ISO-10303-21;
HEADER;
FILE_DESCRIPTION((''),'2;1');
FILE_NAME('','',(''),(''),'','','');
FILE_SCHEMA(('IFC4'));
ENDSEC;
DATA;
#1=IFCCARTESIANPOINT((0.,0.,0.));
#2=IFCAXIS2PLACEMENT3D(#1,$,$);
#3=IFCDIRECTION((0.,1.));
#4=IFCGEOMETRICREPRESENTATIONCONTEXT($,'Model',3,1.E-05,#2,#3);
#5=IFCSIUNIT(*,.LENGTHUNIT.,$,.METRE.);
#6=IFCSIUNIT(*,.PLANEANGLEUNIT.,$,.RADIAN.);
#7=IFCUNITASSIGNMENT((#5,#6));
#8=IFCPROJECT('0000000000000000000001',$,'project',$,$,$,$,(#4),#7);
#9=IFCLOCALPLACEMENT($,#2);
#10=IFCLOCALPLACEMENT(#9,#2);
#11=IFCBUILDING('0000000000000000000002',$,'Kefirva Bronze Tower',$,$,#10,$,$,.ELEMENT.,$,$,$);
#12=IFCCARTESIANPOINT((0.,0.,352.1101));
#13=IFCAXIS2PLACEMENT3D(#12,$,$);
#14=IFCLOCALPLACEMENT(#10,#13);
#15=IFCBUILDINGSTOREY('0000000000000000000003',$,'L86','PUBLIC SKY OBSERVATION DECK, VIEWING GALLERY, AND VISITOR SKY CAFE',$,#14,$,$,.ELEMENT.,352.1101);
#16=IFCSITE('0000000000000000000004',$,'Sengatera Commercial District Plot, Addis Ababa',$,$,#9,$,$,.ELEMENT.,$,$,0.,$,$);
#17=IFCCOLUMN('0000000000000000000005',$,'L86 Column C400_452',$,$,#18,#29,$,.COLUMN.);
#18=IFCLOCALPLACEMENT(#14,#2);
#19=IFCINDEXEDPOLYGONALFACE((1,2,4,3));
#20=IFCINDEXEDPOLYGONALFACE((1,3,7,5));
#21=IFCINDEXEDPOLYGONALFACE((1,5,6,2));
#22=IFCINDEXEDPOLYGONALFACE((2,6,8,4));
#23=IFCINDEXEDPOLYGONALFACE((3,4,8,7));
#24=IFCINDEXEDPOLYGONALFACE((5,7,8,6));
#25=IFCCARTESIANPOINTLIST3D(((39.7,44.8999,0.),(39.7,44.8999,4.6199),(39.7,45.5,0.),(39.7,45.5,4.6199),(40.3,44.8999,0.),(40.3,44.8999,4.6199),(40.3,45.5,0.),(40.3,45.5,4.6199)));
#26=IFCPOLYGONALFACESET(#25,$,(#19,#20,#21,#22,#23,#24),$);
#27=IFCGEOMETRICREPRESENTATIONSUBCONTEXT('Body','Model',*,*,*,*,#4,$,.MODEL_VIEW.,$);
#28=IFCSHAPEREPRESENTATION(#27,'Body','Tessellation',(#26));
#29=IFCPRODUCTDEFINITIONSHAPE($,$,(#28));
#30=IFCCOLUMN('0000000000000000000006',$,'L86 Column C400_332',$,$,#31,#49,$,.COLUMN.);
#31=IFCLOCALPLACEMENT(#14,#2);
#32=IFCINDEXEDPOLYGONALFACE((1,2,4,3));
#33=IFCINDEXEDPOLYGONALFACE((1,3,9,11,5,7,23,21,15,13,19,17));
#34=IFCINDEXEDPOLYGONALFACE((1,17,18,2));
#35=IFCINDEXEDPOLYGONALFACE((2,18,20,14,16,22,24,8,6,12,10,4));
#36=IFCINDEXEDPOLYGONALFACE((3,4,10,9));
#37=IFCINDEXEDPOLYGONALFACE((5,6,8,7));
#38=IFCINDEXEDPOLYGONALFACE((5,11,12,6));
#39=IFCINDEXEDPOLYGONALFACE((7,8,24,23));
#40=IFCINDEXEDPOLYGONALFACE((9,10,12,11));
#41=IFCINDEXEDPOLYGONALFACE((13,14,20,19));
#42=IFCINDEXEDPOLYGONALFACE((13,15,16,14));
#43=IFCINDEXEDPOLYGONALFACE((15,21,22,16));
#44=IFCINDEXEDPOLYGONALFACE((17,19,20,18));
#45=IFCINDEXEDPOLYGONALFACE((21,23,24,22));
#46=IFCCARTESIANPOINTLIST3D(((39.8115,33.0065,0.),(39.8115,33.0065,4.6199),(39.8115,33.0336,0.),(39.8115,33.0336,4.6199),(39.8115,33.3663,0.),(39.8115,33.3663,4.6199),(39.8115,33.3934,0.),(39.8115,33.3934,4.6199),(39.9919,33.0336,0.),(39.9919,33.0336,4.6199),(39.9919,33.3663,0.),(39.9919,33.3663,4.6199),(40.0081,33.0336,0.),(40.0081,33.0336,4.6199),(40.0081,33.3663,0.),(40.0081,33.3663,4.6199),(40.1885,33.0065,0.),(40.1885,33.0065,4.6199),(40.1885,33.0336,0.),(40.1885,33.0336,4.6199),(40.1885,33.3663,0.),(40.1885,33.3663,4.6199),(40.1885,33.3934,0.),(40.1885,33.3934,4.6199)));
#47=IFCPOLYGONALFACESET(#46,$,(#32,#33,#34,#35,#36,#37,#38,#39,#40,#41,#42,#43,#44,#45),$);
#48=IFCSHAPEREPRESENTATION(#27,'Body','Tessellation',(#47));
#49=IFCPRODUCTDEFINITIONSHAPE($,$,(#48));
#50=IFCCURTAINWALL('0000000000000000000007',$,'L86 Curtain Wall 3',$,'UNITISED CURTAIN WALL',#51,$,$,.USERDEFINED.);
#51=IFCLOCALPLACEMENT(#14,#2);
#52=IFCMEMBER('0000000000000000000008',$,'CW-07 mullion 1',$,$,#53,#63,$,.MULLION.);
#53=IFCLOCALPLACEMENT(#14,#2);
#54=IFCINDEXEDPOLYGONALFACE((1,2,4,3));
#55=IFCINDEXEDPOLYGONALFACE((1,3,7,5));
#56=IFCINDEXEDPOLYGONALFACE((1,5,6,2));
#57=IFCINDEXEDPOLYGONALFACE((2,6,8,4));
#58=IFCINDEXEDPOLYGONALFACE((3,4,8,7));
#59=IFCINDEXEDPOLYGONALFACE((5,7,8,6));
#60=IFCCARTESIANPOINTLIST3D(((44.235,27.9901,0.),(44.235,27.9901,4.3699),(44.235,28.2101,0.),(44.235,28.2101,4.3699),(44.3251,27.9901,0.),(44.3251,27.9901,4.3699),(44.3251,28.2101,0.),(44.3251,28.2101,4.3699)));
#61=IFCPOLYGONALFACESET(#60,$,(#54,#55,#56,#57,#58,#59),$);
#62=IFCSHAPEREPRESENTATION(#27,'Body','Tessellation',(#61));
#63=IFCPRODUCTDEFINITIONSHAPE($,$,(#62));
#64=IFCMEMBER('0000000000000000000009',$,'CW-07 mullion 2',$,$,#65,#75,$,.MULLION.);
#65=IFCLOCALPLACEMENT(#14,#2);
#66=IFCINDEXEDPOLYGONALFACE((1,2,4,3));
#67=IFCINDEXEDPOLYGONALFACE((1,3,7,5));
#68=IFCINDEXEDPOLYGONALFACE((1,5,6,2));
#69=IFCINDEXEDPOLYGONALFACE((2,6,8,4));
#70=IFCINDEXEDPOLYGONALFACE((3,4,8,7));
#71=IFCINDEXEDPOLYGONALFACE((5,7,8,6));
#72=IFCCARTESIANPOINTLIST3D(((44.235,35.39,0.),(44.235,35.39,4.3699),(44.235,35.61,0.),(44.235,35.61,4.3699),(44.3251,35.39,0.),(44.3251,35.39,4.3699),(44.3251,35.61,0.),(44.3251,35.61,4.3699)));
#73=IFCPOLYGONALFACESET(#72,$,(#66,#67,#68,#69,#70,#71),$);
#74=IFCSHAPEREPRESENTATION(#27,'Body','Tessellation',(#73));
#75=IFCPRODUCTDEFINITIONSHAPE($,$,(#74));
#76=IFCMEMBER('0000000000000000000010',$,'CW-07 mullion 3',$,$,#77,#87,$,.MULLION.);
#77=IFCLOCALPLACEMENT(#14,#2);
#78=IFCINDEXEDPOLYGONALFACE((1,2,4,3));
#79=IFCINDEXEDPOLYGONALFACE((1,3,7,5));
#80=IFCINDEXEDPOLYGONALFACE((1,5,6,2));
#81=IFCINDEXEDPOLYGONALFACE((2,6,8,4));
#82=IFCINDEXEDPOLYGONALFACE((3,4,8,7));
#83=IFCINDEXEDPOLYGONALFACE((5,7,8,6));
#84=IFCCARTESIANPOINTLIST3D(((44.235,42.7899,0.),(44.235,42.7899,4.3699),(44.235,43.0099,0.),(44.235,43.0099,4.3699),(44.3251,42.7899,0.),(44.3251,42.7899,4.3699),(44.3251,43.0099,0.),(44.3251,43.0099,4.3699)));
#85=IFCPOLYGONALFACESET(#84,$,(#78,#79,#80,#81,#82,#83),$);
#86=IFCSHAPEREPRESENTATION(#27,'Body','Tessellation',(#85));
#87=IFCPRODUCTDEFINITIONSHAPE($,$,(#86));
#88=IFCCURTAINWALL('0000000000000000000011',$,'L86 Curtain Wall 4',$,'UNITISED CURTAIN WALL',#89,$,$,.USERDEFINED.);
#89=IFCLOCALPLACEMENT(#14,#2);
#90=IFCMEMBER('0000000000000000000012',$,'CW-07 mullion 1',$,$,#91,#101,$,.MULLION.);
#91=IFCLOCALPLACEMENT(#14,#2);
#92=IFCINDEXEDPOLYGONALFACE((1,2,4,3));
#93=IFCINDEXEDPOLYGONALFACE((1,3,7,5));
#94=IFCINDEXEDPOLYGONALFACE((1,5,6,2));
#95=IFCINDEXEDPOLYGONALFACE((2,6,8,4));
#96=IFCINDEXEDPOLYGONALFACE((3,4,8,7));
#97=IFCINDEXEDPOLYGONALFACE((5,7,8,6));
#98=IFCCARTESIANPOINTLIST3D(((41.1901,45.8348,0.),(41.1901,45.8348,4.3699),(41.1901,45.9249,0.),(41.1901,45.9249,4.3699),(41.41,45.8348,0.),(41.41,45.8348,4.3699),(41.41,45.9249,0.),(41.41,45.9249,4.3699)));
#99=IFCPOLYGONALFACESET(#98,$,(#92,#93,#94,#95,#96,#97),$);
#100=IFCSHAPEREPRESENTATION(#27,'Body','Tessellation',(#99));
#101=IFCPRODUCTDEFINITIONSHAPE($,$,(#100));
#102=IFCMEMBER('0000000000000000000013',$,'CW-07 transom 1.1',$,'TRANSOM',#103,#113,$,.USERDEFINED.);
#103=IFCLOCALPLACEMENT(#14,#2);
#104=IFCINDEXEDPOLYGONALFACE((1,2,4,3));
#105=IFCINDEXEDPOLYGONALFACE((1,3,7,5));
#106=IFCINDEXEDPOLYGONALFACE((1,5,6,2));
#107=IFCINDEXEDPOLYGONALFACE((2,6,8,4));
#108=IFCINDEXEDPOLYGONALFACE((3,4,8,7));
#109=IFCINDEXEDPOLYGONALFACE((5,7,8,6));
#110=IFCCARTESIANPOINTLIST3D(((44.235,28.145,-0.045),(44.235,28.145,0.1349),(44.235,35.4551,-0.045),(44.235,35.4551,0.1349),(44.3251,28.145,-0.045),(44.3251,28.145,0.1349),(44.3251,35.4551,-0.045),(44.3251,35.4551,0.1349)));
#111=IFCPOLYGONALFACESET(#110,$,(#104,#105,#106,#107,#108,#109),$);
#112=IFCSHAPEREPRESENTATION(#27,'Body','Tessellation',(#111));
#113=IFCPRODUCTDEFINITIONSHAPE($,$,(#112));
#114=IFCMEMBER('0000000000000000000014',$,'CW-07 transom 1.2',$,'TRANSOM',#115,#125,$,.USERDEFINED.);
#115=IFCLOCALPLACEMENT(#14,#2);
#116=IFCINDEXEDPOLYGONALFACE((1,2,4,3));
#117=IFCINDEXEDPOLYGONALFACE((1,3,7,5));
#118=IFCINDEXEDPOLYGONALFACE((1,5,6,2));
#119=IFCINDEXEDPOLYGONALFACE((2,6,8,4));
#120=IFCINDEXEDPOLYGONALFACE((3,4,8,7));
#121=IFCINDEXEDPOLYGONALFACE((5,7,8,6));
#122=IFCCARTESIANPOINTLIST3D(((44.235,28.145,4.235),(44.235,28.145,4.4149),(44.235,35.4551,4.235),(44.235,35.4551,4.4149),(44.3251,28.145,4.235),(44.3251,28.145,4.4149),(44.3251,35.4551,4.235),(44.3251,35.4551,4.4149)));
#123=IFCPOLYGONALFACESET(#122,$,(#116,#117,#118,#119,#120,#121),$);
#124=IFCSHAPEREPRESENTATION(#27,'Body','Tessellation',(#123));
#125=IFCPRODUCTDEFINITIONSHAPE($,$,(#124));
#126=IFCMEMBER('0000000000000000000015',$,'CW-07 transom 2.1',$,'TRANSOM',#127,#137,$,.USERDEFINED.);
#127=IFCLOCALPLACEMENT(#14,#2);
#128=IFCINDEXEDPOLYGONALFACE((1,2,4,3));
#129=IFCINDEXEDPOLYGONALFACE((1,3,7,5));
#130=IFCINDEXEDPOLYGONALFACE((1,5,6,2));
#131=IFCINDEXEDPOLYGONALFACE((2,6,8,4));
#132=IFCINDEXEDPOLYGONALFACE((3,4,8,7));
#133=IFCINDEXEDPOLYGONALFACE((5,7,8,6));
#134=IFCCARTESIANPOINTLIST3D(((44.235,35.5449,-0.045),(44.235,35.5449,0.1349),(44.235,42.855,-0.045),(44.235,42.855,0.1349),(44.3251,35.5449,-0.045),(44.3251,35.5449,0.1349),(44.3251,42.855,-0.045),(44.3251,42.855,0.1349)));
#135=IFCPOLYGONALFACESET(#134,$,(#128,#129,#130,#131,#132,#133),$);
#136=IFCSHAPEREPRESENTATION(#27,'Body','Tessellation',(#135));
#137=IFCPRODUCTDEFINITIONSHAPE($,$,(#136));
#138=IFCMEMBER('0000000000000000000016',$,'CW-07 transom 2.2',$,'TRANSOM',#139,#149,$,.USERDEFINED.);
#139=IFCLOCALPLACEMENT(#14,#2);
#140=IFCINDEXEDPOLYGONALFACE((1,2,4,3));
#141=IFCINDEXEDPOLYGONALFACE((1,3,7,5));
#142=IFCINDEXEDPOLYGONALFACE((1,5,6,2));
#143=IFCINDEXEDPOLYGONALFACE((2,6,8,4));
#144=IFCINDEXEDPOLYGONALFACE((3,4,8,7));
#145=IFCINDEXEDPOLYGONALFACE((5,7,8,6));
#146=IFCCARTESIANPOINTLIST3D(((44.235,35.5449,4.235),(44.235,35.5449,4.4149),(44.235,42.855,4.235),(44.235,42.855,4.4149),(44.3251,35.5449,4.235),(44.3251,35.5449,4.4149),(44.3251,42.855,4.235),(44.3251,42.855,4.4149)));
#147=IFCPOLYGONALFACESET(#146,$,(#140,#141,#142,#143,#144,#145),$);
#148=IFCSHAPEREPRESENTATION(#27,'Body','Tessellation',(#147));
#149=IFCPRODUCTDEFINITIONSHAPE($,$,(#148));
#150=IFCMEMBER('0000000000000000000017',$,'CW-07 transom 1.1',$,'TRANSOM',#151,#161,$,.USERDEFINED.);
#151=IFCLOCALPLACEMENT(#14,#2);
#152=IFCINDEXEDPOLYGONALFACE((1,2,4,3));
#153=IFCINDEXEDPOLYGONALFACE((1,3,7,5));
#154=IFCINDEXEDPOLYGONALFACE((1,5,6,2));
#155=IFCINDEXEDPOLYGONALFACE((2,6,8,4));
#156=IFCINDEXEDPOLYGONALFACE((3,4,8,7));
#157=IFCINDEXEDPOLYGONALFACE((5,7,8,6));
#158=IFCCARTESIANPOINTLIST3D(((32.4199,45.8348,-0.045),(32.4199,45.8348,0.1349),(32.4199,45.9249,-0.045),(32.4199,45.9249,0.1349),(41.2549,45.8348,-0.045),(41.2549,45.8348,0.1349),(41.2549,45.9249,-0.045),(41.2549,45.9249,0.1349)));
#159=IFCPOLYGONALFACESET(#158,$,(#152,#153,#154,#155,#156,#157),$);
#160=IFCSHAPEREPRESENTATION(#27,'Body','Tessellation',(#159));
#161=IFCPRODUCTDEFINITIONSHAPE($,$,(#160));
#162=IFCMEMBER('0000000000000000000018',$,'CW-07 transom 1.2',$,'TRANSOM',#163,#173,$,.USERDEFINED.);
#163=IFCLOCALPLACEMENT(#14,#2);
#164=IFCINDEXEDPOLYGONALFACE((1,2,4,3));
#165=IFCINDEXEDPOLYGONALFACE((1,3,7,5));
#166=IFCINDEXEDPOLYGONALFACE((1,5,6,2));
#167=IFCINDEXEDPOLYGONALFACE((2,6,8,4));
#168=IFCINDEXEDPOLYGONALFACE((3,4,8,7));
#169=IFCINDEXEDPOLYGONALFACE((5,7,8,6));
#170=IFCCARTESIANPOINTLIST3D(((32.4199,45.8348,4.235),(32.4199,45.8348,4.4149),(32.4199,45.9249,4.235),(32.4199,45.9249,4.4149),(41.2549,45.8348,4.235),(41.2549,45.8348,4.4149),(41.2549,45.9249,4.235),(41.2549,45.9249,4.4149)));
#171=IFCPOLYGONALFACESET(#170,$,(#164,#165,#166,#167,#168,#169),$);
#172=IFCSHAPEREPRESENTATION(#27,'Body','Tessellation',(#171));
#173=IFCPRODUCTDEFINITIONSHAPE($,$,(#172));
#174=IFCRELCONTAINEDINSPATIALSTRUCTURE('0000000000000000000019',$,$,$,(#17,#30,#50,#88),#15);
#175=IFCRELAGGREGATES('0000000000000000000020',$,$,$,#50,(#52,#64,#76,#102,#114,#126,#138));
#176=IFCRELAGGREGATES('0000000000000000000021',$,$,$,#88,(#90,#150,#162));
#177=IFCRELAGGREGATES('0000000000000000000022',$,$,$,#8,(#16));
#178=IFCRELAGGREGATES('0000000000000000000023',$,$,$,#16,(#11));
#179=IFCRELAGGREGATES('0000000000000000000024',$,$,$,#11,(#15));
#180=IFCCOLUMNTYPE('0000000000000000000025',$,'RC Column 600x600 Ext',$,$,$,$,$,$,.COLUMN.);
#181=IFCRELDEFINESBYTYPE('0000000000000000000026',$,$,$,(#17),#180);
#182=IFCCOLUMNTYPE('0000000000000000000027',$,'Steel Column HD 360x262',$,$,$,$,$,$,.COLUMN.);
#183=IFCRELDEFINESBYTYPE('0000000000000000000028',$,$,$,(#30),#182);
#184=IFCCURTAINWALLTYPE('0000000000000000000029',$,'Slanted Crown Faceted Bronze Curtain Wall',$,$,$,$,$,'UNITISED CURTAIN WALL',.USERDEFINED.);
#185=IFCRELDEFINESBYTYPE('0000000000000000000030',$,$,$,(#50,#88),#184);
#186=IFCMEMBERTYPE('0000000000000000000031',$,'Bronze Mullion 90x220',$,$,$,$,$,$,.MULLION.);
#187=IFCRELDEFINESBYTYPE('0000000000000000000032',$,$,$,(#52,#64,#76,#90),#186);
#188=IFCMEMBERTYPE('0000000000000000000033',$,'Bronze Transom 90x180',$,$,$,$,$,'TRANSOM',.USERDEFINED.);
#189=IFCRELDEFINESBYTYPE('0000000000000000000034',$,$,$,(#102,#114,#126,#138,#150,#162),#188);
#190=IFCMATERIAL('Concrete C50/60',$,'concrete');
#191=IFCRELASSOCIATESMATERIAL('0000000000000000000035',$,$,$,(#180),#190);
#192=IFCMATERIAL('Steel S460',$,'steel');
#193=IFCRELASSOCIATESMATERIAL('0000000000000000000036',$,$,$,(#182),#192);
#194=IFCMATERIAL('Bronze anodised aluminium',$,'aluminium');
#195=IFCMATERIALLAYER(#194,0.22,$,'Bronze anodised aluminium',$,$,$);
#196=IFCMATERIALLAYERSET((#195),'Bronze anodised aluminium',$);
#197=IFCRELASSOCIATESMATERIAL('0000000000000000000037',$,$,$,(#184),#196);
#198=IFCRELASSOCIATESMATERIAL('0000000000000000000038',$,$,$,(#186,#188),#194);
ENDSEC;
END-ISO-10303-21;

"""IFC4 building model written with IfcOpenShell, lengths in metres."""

from ifc_helpers import new_model, si_unit, direction, frame, origin, origin_2d, place, context, subcontext, project, spatial, rectangle, i_section, extrude, material, layer, layer_set, material_profile, profile_set, type_object, element, aggregate, save


model = new_model("IFC4")

# Units and contexts
model_context = context("Model", 3, precision=1e-05, world=origin(), true_north=direction((0.0, 1.0)))
body_context = subcontext(model_context, "Body", "Model", "MODEL_VIEW")
ifc_project = project(units=[si_unit("LENGTHUNIT", "METRE"), si_unit("PLANEANGLEUNIT", "RADIAN")], contexts=[model_context])

# Site, building, storey
site_placement = place(None, origin())
site = spatial("IfcSite", under=ifc_project, at=site_placement, Name="Sengatera Commercial District Plot, Addis Ababa", CompositionType="ELEMENT", RefElevation=0.0)
building_placement = place(site_placement, origin())
building = spatial("IfcBuilding", under=site, at=building_placement, Name="Kefirva Bronze Tower", CompositionType="ELEMENT")
storey_placement = place(building_placement, frame((0.0, 0.0, 352.1101)))
storey = spatial("IfcBuildingStorey", under=building, at=storey_placement, Name="L86", Description="PUBLIC SKY OBSERVATION DECK, VIEWING GALLERY, AND VISITOR SKY CAFE", CompositionType="ELEMENT", Elevation=352.1101)

# Columns
ifc_material_1 = material(Name="Concrete C50/60", Category="concrete")
ifc_material_profile_1 = material_profile(ifc_material_1, rectangle(XDim=0.6001, YDim=0.6001, at=origin_2d()), Name="RC 600x600")
ifc_profile_set_1 = profile_set([ifc_material_profile_1], Name="Concrete C50/60")
column_type_1 = type_object("IfcColumnType", Name="RC Column 600x600 Ext", PredefinedType="COLUMN", material=ifc_profile_set_1)
column_1_placement = place(storey_placement, frame((40.0, 45.2, 0.0), z_axis=(0.0, 0.0, 1.0), x_axis=(1.0, 0.0, 0.0)))
element("IfcColumn", 1, at=column_1_placement, inside=storey, type_object=column_type_1, Name="L86 Column C400_452", PredefinedType="COLUMN", context=body_context, shape_type="SweptSolid", body=[
    extrude(rectangle(XDim=0.6001, YDim=0.6001, at=origin_2d()), origin(), (0.0, 0.0, 1.0), 4.6199),
])
ifc_material_2 = material(Name="Steel S460", Category="steel")
ifc_material_profile_2 = material_profile(ifc_material_2, i_section(OverallWidth=0.377, OverallDepth=0.387, WebThickness=0.0161, FlangeThickness=0.0271, at=origin_2d()), Name="HD 360x262")
ifc_profile_set_2 = profile_set([ifc_material_profile_2], Name="Steel S460")
column_type_2 = type_object("IfcColumnType", Name="Steel Column HD 360x262", PredefinedType="COLUMN", material=ifc_profile_set_2)
column_2_placement = place(storey_placement, frame((40.0, 33.2, 0.0), z_axis=(0.0, 0.0, 1.0), x_axis=(1.0, 0.0, 0.0)))
element("IfcColumn", 2, at=column_2_placement, inside=storey, type_object=column_type_2, Name="L86 Column C400_332", PredefinedType="COLUMN", context=body_context, shape_type="SweptSolid", body=[
    extrude(i_section(OverallWidth=0.377, OverallDepth=0.387, WebThickness=0.0161, FlangeThickness=0.0271, at=origin_2d()), origin(), (0.0, 0.0, 1.0), 4.6199),
])

# Curtain wall, members
ifc_material_3 = material(Name="Bronze anodised aluminium", Category="aluminium")
ifc_layer_1 = layer(ifc_material_3, 0.22, Name="Bronze anodised aluminium")
ifc_layer_set_1 = layer_set([ifc_layer_1], Name="Bronze anodised aluminium")
curtain_wall_type = type_object("IfcCurtainWallType", Name="Slanted Crown Faceted Bronze Curtain Wall", ElementType="UNITISED CURTAIN WALL", PredefinedType="USERDEFINED", material=ifc_layer_set_1)
curtain_wall_1_placement = place(storey_placement, origin())
curtain_wall_1 = element("IfcCurtainWall", 3, at=curtain_wall_1_placement, inside=storey, type_object=curtain_wall_type, Name="L86 Curtain Wall 3", ObjectType="UNITISED CURTAIN WALL", PredefinedType="USERDEFINED")
ifc_material_profile_3 = material_profile(ifc_material_3, rectangle(XDim=0.0901, YDim=0.22, at=origin_2d()), Name="ALU 90x220")
ifc_profile_set_3 = profile_set([ifc_material_profile_3], Name="Bronze anodised aluminium")
member_type_1 = type_object("IfcMemberType", Name="Bronze Mullion 90x220", PredefinedType="MULLION", material=ifc_profile_set_3)
member_1_placement = place(storey_placement, frame((44.28, 28.1001, 0.0), z_axis=(0.0, 0.0, 1.0), x_axis=(-1.0, 0.0, 0.0)))
member_1 = element("IfcMember", 4, at=member_1_placement, type_object=member_type_1, Name="CW-07 mullion 1", PredefinedType="MULLION", context=body_context, shape_type="SweptSolid", body=[
    extrude(rectangle(XDim=0.0901, YDim=0.22, at=origin_2d()), origin(), (0.0, 0.0, 1.0), 4.3699),
])
member_2_placement = place(storey_placement, frame((44.28, 35.5, 0.0), z_axis=(0.0, 0.0, 1.0), x_axis=(-1.0, 0.0, 0.0)))
member_2 = element("IfcMember", 5, at=member_2_placement, type_object=member_type_1, Name="CW-07 mullion 2", PredefinedType="MULLION", context=body_context, shape_type="SweptSolid", body=[
    extrude(rectangle(XDim=0.0901, YDim=0.22, at=origin_2d()), origin(), (0.0, 0.0, 1.0), 4.3699),
])
member_3_placement = place(storey_placement, frame((44.28, 42.8999, 0.0), z_axis=(0.0, 0.0, 1.0), x_axis=(-1.0, 0.0, 0.0)))
member_3 = element("IfcMember", 6, at=member_3_placement, type_object=member_type_1, Name="CW-07 mullion 3", PredefinedType="MULLION", context=body_context, shape_type="SweptSolid", body=[
    extrude(rectangle(XDim=0.0901, YDim=0.22, at=origin_2d()), origin(), (0.0, 0.0, 1.0), 4.3699),
])

# Curtain wall, member
curtain_wall_2_placement = place(storey_placement, origin())
curtain_wall_2 = element("IfcCurtainWall", 7, at=curtain_wall_2_placement, inside=storey, type_object=curtain_wall_type, Name="L86 Curtain Wall 4", ObjectType="UNITISED CURTAIN WALL", PredefinedType="USERDEFINED")
member_4_placement = place(storey_placement, frame((41.3, 45.8799, 0.0), z_axis=(0.0, 0.0, 1.0), x_axis=(0.0, -1.0, 0.0)))
member_4 = element("IfcMember", 8, at=member_4_placement, type_object=member_type_1, Name="CW-07 mullion 1", PredefinedType="MULLION", context=body_context, shape_type="SweptSolid", body=[
    extrude(rectangle(XDim=0.0901, YDim=0.22, at=origin_2d()), origin(), (0.0, 0.0, 1.0), 4.3699),
])

# Members
ifc_material_profile_4 = material_profile(ifc_material_3, rectangle(XDim=0.0901, YDim=0.1799, at=origin_2d()), Name="ALU 90x180")
ifc_profile_set_4 = profile_set([ifc_material_profile_4], Name="Bronze anodised aluminium")
member_type_2 = type_object("IfcMemberType", Name="Bronze Transom 90x180", ElementType="TRANSOM", PredefinedType="USERDEFINED", material=ifc_profile_set_4)
member_5_placement = place(storey_placement, frame((44.28, 28.145, 0.0449), z_axis=(0.0, 1.0, 0.0), x_axis=(-1.0, 0.0, 0.0)))
member_5 = element("IfcMember", 9, at=member_5_placement, type_object=member_type_2, Name="CW-07 transom 1.1", ObjectType="TRANSOM", PredefinedType="USERDEFINED", context=body_context, shape_type="SweptSolid", body=[
    extrude(rectangle(XDim=0.0901, YDim=0.1799, at=origin_2d()), origin(), (0.0, 0.0, 1.0), 7.3101),
])
member_6_placement = place(storey_placement, frame((44.28, 28.145, 4.325), z_axis=(0.0, 1.0, 0.0), x_axis=(-1.0, 0.0, 0.0)))
member_6 = element("IfcMember", 10, at=member_6_placement, type_object=member_type_2, Name="CW-07 transom 1.2", ObjectType="TRANSOM", PredefinedType="USERDEFINED", context=body_context, shape_type="SweptSolid", body=[
    extrude(rectangle(XDim=0.0901, YDim=0.1799, at=origin_2d()), origin(), (0.0, 0.0, 1.0), 7.3101),
])
member_7_placement = place(storey_placement, frame((44.28, 35.5449, 0.0449), z_axis=(0.0, 1.0, 0.0), x_axis=(-1.0, 0.0, 0.0)))
member_7 = element("IfcMember", 11, at=member_7_placement, type_object=member_type_2, Name="CW-07 transom 2.1", ObjectType="TRANSOM", PredefinedType="USERDEFINED", context=body_context, shape_type="SweptSolid", body=[
    extrude(rectangle(XDim=0.0901, YDim=0.1799, at=origin_2d()), origin(), (0.0, 0.0, 1.0), 7.3101),
])
member_8_placement = place(storey_placement, frame((44.28, 35.5449, 4.325), z_axis=(0.0, 1.0, 0.0), x_axis=(-1.0, 0.0, 0.0)))
member_8 = element("IfcMember", 12, at=member_8_placement, type_object=member_type_2, Name="CW-07 transom 2.2", ObjectType="TRANSOM", PredefinedType="USERDEFINED", context=body_context, shape_type="SweptSolid", body=[
    extrude(rectangle(XDim=0.0901, YDim=0.1799, at=origin_2d()), origin(), (0.0, 0.0, 1.0), 7.3101),
])
member_9_placement = place(storey_placement, frame((41.2549, 45.8799, 0.0449), z_axis=(-1.0, 0.0, 0.0), x_axis=(0.0, -1.0, 0.0)))
member_9 = element("IfcMember", 13, at=member_9_placement, type_object=member_type_2, Name="CW-07 transom 1.1", ObjectType="TRANSOM", PredefinedType="USERDEFINED", context=body_context, shape_type="SweptSolid", body=[
    extrude(rectangle(XDim=0.0901, YDim=0.1799, at=origin_2d()), origin(), (0.0, 0.0, 1.0), 8.835),
])
member_10_placement = place(storey_placement, frame((41.2549, 45.8799, 4.325), z_axis=(-1.0, 0.0, 0.0), x_axis=(0.0, -1.0, 0.0)))
member_10 = element("IfcMember", 14, at=member_10_placement, type_object=member_type_2, Name="CW-07 transom 1.2", ObjectType="TRANSOM", PredefinedType="USERDEFINED", context=body_context, shape_type="SweptSolid", body=[
    extrude(rectangle(XDim=0.0901, YDim=0.1799, at=origin_2d()), origin(), (0.0, 0.0, 1.0), 8.835),
])

aggregate(curtain_wall_1, [member_1, member_2, member_3, member_5, member_6, member_7, member_8])
aggregate(curtain_wall_2, [member_4, member_9, member_10])

save(model, "model.ifc")
